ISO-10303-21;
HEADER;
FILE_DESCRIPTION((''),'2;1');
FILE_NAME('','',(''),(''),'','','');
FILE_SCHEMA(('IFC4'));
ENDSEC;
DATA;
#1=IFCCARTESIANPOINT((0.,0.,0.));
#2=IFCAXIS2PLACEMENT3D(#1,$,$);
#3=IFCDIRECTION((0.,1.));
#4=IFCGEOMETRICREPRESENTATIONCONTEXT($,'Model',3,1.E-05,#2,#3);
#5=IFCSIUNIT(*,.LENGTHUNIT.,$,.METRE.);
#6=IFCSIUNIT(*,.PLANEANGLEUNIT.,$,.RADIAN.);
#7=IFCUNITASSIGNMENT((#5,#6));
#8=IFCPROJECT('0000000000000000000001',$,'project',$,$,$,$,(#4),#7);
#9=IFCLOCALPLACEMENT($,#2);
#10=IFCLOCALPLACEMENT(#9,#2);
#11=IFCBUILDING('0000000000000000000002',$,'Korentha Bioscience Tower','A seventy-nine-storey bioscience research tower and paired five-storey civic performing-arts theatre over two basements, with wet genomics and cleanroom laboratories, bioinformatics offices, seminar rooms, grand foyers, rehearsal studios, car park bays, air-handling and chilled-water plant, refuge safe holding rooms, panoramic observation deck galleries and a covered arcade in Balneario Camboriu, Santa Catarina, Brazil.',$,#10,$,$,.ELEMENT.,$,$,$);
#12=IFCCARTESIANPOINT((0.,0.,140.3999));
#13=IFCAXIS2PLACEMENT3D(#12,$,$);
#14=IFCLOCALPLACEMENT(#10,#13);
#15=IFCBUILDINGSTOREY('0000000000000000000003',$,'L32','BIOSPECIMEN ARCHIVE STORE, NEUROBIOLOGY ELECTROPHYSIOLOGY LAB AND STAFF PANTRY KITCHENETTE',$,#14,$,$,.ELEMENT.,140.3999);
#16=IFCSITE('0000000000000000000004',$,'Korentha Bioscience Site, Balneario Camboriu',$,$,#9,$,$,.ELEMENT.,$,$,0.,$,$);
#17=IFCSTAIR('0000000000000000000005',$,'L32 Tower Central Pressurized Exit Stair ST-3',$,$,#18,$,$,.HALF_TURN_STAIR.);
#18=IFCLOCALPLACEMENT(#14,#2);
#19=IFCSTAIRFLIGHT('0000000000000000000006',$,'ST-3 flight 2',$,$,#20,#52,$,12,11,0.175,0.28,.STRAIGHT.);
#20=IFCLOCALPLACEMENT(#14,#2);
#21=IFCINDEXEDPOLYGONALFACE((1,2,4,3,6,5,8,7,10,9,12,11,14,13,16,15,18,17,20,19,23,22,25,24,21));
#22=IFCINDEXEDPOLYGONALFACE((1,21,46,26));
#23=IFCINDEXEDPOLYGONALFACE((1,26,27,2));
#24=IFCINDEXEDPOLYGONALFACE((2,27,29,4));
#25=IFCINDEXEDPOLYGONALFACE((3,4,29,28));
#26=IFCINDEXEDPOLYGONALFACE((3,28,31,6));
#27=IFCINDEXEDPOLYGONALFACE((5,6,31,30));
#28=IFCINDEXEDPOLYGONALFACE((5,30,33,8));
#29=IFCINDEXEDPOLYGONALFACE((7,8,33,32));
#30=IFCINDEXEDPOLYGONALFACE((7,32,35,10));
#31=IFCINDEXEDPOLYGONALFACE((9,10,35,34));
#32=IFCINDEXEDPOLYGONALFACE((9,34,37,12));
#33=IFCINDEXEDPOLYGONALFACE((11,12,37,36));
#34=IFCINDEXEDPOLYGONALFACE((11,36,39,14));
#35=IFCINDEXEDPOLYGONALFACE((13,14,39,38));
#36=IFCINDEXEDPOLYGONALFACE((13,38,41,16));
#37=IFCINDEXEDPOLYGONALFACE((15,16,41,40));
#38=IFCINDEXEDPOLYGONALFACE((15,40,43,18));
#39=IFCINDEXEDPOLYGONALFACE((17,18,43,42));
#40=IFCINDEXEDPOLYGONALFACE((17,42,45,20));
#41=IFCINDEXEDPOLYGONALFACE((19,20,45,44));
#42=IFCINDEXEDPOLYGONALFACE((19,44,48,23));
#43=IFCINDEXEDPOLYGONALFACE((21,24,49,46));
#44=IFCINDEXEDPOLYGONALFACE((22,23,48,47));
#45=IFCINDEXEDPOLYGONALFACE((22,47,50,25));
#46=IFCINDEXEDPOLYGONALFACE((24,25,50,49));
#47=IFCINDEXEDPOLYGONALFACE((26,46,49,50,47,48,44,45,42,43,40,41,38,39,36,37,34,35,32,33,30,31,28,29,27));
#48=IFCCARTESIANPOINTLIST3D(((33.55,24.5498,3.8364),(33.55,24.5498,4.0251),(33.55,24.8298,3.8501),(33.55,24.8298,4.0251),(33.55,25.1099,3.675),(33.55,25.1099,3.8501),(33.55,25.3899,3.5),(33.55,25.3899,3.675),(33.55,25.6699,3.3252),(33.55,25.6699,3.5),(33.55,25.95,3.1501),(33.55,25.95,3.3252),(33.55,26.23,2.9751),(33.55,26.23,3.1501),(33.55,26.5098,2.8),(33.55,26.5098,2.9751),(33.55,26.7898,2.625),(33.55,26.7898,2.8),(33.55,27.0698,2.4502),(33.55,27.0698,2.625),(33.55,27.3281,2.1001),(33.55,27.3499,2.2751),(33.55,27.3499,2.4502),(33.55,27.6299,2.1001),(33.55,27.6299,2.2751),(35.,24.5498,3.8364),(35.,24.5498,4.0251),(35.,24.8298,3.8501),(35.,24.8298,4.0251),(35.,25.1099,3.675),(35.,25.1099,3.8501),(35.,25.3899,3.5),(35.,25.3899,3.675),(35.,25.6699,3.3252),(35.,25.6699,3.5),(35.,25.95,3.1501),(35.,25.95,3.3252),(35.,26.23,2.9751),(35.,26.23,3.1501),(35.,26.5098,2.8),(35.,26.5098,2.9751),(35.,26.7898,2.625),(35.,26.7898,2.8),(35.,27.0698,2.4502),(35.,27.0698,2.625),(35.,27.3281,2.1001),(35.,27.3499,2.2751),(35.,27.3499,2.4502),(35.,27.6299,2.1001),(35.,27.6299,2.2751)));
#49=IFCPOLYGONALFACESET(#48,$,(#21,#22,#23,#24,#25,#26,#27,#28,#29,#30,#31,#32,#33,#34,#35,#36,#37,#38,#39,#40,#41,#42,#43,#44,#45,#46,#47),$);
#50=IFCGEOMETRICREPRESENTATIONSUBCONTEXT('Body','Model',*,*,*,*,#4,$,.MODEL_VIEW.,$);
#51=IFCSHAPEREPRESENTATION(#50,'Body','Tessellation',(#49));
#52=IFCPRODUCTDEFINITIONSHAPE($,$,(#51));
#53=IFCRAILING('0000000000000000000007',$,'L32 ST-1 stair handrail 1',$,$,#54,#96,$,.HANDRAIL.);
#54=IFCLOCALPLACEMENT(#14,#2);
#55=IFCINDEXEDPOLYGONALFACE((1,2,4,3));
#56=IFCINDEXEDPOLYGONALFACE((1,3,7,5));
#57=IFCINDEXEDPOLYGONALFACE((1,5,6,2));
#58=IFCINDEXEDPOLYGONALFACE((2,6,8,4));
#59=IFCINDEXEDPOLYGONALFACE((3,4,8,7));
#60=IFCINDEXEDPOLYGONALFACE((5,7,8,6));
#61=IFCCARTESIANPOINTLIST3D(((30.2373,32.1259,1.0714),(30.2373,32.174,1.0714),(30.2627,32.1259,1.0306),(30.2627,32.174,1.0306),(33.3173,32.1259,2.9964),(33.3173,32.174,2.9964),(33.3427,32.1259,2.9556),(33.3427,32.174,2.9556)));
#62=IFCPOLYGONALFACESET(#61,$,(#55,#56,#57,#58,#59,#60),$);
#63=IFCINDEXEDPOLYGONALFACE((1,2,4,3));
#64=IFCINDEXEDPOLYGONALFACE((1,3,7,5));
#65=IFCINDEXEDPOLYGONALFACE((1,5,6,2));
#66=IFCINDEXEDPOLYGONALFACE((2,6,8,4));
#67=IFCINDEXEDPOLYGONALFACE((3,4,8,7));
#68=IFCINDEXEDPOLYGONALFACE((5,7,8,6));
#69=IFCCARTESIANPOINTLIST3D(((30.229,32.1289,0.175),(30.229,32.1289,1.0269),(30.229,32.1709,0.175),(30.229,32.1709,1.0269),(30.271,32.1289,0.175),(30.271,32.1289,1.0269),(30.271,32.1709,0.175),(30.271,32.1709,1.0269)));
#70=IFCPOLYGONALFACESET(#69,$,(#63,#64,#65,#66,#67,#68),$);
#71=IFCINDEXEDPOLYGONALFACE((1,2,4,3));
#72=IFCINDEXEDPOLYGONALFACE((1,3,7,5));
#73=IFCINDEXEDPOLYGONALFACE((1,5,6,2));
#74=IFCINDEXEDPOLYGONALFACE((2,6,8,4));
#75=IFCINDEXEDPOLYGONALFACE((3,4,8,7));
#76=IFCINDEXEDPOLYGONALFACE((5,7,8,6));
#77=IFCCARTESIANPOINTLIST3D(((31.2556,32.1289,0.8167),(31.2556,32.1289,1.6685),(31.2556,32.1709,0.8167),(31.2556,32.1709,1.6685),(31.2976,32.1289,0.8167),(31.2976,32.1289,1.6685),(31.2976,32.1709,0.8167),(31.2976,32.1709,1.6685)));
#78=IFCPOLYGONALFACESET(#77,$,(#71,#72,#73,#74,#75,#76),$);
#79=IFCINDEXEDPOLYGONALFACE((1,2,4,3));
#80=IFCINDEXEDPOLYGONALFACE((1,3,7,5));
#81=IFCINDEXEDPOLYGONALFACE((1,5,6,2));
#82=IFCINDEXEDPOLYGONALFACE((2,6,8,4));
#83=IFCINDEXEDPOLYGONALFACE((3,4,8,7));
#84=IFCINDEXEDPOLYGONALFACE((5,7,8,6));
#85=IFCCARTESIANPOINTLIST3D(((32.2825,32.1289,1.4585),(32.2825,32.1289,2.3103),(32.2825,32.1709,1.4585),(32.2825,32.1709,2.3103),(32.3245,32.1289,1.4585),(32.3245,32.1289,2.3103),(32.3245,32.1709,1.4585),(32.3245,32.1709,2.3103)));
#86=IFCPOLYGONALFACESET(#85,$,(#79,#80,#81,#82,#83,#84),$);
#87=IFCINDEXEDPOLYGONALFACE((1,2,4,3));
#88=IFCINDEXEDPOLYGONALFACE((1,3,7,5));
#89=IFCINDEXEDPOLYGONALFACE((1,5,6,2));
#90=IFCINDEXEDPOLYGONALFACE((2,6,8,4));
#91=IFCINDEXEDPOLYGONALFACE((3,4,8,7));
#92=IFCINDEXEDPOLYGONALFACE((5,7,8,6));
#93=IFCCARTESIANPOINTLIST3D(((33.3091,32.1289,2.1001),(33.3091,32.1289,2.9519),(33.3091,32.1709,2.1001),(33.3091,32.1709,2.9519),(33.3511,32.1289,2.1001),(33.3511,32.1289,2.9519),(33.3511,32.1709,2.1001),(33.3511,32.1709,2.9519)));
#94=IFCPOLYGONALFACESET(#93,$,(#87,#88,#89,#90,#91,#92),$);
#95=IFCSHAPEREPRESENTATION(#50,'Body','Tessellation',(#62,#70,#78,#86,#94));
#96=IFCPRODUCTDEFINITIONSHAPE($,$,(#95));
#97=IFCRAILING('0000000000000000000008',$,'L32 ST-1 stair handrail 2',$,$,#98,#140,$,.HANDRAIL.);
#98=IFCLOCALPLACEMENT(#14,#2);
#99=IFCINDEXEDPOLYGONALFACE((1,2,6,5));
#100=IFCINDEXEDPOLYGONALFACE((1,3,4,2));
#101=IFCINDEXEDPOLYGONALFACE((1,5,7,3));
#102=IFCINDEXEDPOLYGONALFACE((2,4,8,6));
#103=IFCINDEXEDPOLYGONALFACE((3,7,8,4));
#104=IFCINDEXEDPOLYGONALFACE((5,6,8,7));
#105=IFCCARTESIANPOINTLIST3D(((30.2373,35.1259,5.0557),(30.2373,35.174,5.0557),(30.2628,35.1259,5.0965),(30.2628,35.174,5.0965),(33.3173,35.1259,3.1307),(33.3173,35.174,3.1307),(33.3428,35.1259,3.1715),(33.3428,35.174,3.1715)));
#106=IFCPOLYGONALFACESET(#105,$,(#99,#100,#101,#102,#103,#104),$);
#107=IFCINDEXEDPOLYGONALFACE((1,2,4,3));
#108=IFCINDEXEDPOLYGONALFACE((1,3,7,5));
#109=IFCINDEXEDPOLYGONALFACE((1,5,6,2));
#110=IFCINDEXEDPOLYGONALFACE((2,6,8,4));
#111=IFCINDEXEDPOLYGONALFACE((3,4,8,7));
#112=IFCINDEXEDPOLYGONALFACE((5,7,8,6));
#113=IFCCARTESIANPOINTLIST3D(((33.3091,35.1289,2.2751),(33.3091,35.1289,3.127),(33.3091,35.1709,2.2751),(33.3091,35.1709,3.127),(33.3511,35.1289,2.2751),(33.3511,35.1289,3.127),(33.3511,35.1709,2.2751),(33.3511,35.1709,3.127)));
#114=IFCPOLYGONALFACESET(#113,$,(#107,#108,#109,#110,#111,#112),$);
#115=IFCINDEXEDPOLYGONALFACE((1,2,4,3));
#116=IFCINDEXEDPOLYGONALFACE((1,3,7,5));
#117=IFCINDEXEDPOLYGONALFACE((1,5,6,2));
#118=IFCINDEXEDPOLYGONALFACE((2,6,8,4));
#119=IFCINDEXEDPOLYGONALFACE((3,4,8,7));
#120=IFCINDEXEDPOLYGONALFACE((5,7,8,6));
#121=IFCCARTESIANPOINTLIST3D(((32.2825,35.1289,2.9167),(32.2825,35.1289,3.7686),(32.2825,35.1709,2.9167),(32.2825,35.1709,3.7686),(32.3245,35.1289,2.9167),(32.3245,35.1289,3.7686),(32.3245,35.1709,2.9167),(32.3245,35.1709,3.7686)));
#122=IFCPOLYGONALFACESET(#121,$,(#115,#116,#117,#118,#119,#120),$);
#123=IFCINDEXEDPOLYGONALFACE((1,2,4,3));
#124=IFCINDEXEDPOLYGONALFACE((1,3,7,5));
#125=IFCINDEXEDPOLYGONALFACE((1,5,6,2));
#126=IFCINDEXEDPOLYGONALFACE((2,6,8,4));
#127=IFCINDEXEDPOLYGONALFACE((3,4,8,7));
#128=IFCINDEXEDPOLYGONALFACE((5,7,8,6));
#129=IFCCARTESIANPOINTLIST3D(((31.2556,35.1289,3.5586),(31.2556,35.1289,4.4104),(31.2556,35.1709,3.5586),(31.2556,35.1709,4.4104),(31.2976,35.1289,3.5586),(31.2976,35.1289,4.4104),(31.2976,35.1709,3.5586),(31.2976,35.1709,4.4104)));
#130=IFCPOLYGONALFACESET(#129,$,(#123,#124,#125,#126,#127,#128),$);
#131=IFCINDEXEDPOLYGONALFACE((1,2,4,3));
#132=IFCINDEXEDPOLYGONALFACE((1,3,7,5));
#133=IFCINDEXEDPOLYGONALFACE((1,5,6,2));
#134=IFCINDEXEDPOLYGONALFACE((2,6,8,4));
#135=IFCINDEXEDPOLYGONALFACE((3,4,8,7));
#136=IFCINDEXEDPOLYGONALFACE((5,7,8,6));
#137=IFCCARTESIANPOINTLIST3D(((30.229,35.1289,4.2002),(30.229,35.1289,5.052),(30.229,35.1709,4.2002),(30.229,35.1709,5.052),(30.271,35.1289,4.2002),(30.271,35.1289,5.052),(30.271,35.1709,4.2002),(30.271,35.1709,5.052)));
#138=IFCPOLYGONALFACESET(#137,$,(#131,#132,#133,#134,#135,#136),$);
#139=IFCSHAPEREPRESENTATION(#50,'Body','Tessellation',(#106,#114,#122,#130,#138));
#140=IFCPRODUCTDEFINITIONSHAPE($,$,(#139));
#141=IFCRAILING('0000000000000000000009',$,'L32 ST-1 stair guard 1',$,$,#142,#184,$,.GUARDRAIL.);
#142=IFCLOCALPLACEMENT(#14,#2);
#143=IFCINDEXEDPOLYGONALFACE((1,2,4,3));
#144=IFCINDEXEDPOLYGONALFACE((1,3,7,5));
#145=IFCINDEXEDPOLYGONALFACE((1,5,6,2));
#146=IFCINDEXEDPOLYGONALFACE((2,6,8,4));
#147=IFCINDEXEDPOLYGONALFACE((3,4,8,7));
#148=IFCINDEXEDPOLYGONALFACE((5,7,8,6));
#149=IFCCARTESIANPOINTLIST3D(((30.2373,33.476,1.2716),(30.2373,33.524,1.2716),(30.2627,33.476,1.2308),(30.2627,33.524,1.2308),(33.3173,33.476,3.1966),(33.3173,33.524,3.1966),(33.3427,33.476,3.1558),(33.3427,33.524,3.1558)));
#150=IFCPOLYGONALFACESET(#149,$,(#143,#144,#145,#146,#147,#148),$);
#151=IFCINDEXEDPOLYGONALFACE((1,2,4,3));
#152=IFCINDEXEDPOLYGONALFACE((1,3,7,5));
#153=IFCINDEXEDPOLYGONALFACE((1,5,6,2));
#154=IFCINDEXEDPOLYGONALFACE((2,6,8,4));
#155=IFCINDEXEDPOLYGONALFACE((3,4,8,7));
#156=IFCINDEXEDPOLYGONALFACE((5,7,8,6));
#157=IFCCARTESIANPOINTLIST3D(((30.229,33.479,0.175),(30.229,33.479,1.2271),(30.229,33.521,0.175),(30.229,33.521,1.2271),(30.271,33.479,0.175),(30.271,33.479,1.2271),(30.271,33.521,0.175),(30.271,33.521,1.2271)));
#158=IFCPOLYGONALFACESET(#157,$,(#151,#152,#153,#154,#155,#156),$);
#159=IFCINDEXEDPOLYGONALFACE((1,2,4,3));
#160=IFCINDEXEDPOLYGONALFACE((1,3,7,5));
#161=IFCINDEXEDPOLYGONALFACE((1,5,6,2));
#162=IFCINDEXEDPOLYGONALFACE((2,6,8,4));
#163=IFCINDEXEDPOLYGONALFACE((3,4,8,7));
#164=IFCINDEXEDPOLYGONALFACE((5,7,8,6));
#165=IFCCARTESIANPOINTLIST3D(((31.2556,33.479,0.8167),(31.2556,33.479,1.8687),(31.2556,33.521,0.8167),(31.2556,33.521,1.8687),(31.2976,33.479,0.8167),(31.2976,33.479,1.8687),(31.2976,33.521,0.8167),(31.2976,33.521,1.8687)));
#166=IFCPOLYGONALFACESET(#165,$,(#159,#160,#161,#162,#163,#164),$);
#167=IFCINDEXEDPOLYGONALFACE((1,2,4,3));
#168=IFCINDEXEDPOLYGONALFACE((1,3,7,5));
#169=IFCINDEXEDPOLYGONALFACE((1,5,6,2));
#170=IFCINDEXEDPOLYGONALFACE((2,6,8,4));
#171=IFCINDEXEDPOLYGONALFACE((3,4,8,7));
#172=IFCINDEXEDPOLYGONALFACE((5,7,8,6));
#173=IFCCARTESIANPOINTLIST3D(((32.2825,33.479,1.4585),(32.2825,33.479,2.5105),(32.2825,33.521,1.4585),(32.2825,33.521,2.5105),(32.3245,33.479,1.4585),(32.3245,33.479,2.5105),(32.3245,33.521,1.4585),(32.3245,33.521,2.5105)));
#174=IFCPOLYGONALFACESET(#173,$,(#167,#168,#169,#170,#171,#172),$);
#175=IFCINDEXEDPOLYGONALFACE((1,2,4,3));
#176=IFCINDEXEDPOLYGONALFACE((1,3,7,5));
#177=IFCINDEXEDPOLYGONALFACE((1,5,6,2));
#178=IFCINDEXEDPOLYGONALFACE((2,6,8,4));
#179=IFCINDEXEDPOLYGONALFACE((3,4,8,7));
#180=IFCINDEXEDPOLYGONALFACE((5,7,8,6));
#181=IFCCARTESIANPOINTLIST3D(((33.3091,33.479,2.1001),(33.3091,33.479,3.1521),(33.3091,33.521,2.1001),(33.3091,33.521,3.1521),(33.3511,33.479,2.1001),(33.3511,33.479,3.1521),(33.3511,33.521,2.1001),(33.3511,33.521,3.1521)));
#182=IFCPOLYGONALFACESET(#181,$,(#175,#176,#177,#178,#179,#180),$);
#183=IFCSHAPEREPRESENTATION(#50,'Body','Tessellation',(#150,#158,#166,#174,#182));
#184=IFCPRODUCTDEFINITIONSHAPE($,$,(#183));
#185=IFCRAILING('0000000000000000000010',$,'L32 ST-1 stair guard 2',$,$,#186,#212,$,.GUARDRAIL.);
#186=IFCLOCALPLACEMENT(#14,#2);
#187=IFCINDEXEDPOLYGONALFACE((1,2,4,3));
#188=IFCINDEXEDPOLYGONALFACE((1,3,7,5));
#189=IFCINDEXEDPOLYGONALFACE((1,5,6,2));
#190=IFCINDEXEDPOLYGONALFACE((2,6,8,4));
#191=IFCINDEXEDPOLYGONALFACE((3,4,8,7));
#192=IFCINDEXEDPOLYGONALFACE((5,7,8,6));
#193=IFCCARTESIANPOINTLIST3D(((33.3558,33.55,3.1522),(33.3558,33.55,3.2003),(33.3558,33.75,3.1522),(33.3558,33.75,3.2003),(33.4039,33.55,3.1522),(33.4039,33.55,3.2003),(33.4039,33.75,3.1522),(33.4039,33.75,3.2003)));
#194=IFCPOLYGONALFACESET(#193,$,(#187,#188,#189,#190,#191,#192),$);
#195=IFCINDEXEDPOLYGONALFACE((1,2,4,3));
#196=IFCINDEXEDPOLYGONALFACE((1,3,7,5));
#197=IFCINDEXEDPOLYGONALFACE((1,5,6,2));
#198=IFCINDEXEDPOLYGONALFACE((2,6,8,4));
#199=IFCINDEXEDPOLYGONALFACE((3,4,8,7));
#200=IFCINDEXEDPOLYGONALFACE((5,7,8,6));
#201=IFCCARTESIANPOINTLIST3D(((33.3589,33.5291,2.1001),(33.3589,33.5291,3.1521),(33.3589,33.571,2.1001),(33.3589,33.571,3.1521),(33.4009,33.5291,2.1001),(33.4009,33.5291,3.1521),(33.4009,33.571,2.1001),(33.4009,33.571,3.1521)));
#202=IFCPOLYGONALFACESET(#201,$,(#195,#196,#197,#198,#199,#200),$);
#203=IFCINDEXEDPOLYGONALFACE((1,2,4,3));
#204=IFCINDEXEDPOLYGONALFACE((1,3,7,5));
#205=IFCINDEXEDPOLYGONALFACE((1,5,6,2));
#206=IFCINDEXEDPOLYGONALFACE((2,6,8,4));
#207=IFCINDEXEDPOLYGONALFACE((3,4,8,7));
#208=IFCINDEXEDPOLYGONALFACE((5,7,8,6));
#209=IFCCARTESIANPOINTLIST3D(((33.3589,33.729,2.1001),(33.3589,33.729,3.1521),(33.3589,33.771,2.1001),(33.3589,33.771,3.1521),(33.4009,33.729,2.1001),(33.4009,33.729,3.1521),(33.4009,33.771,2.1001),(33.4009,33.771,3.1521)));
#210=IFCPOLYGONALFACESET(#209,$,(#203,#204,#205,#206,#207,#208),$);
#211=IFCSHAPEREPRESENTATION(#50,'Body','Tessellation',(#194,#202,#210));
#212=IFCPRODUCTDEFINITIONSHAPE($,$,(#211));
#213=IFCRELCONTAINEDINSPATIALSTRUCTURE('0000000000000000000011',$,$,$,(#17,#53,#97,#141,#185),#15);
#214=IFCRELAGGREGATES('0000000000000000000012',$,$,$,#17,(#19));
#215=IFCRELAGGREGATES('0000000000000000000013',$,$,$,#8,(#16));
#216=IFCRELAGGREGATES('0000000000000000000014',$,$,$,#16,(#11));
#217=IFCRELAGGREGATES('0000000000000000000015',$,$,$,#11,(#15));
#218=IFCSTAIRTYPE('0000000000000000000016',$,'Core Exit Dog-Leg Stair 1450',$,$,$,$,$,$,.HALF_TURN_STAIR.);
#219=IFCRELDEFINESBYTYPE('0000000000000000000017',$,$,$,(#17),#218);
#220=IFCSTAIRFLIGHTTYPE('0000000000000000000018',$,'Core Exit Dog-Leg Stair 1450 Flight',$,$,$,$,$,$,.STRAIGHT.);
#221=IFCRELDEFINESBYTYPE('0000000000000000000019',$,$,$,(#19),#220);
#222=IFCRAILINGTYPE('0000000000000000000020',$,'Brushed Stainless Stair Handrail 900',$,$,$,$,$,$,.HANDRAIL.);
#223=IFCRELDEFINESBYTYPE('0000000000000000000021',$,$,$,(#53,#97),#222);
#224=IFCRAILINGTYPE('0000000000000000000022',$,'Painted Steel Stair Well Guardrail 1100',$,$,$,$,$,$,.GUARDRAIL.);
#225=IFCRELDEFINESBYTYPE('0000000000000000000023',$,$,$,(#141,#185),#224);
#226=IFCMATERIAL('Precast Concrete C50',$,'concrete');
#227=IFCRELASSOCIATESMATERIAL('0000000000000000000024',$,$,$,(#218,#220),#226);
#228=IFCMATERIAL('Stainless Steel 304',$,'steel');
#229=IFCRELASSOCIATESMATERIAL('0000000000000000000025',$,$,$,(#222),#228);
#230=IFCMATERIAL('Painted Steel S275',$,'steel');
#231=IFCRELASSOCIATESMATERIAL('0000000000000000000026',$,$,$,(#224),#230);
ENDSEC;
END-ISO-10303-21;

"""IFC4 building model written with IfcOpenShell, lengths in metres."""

from ifc_helpers import new_model, si_unit, direction, frame, origin, origin_2d, place, context, subcontext, project, spatial, polyline, rectangle, outline, extrude, material, type_object, element, aggregate, save


model = new_model("IFC4")

# Units and contexts
model_context = context("Model", 3, precision=1e-05, world=origin(), true_north=direction((0.0, 1.0)))
body_context = subcontext(model_context, "Body", "Model", "MODEL_VIEW")
ifc_project = project(units=[si_unit("LENGTHUNIT", "METRE"), si_unit("PLANEANGLEUNIT", "RADIAN")], contexts=[model_context])

# Site, building, storey
site_placement = place(None, origin())
site = spatial("IfcSite", under=ifc_project, at=site_placement, Name="Korentha Bioscience Site, Balneario Camboriu", CompositionType="ELEMENT", RefElevation=0.0)
building_placement = place(site_placement, origin())
building = spatial("IfcBuilding", under=site, at=building_placement, Name="Korentha Bioscience Tower", Description="A seventy-nine-storey bioscience research tower and paired five-storey civic performing-arts theatre over two basements, with wet genomics and cleanroom laboratories, bioinformatics offices, seminar rooms, grand foyers, rehearsal studios, car park bays, air-handling and chilled-water plant, refuge safe holding rooms, panoramic observation deck galleries and a covered arcade in Balneario Camboriu, Santa Catarina, Brazil.", CompositionType="ELEMENT")
storey_placement = place(building_placement, frame((0.0, 0.0, 140.3999)))
storey = spatial("IfcBuildingStorey", under=building, at=storey_placement, Name="L32", Description="BIOSPECIMEN ARCHIVE STORE, NEUROBIOLOGY ELECTROPHYSIOLOGY LAB AND STAFF PANTRY KITCHENETTE", CompositionType="ELEMENT", Elevation=140.3999)

# Shared definitions
ifc_material_1 = material(Name="Precast Concrete C50", Category="concrete")
stair_type = type_object("IfcStairType", Name="Core Exit Dog-Leg Stair 1450", PredefinedType="HALF_TURN_STAIR", material=ifc_material_1)
stair_flight_type = type_object("IfcStairFlightType", Name="Core Exit Dog-Leg Stair 1450 Flight", PredefinedType="STRAIGHT", material=ifc_material_1)

# Stair, stair flight
stair_1_placement = place(storey_placement, origin())
stair_1 = element("IfcStair", 1, at=stair_1_placement, inside=storey, type_object=stair_type, Name="L32 Tower Central Pressurized Exit Stair ST-3", PredefinedType="HALF_TURN_STAIR")
stair_flight_1_placement = place(storey_placement, frame((34.2749, 27.6299, 2.1001), z_axis=(0.0, 0.0, 1.0), x_axis=(0.0, -1.0, 0.0)))
stair_flight_1 = element("IfcStairFlight", 2, at=stair_flight_1_placement, type_object=stair_flight_type, Name="ST-3 flight 2", NumberOfRisers=12, NumberOfTreads=11, PredefinedType="STRAIGHT", RiserHeight=0.175, TreadLength=0.28, context=body_context, shape_type="SweptSolid", body=[
    extrude(outline(polyline([(0.0, 0.0), (0.0, 0.175), (0.28, 0.175), (0.28, 0.3501), (0.5601, 0.3501), (0.5601, 0.5249), (0.8401, 0.5249), (0.8401, 0.7), (1.1201, 0.7), (1.1201, 0.875), (1.3999, 0.875), (1.3999, 1.05), (1.6799, 1.05), (1.6799, 1.2251), (1.96, 1.2251), (1.96, 1.3999), (2.24, 1.3999), (2.24, 1.575), (2.52, 1.575), (2.52, 1.75), (2.8, 1.75), (2.8, 1.925), (3.0801, 1.925), (3.0801, 2.1001), (3.0801, 1.7363), (0.3018, 0.0), (0.0, 0.0)])), frame((0.0, 0.7251, 0.0), z_axis=(0.0, -1.0, 0.0), x_axis=(1.0, 0.0, 0.0)), (0.0, 0.0, 1.0), 1.45),
])
aggregate(stair_1, [stair_flight_1])

# Railings
ifc_material_2 = material(Name="Stainless Steel 304", Category="steel")
railing_type_1 = type_object("IfcRailingType", Name="Brushed Stainless Stair Handrail 900", PredefinedType="HANDRAIL", material=ifc_material_2)
railing_1_placement = place(storey_placement, frame((30.25, 32.1499, 0.175)))
element("IfcRailing", 3, at=railing_1_placement, inside=storey, type_object=railing_type_1, Name="L32 ST-1 stair handrail 1", PredefinedType="HANDRAIL", context=body_context, shape_type="SweptSolid", body=[
    extrude(rectangle(XDim=0.0481, YDim=0.0481, at=origin_2d()), frame((0.0, 0.0, 0.876), z_axis=(0.847998, 0.0, 0.529999), x_axis=(0.0, 1.0, 0.0)), (0.0, 0.0, 1.0), 3.6321),
    extrude(rectangle(XDim=0.042, YDim=0.042, at=origin_2d()), origin(), (0.0, 0.0, 1.0), 0.8518),
    extrude(rectangle(XDim=0.042, YDim=0.042, at=origin_2d()), frame((1.0266, 0.0, 0.6416)), (0.0, 0.0, 1.0), 0.8518),
    extrude(rectangle(XDim=0.042, YDim=0.042, at=origin_2d()), frame((2.0535, 0.0, 1.2834)), (0.0, 0.0, 1.0), 0.8518),
    extrude(rectangle(XDim=0.042, YDim=0.042, at=origin_2d()), frame((3.0801, 0.0, 1.925)), (0.0, 0.0, 1.0), 0.8518),
])
railing_2_placement = place(storey_placement, frame((33.3301, 35.1499, 2.2751)))
element("IfcRailing", 4, at=railing_2_placement, inside=storey, type_object=railing_type_1, Name="L32 ST-1 stair handrail 2", PredefinedType="HANDRAIL", context=body_context, shape_type="SweptSolid", body=[
    extrude(rectangle(XDim=0.0481, YDim=0.0481, at=origin_2d()), frame((0.0, 0.0, 0.876), z_axis=(-0.847998, 0.0, 0.529999), x_axis=(0.0, -1.0, 0.0)), (0.0, 0.0, 1.0), 3.6321),
    extrude(rectangle(XDim=0.042, YDim=0.042, at=origin_2d()), origin(), (0.0, 0.0, 1.0), 0.8518),
    extrude(rectangle(XDim=0.042, YDim=0.042, at=origin_2d()), frame((-1.0266, 0.0, 0.6416)), (0.0, 0.0, 1.0), 0.8518),
    extrude(rectangle(XDim=0.042, YDim=0.042, at=origin_2d()), frame((-2.0535, 0.0, 1.2834)), (0.0, 0.0, 1.0), 0.8518),
    extrude(rectangle(XDim=0.042, YDim=0.042, at=origin_2d()), frame((-3.0801, 0.0, 1.925)), (0.0, 0.0, 1.0), 0.8518),
])
ifc_material_3 = material(Name="Painted Steel S275", Category="steel")
railing_type_2 = type_object("IfcRailingType", Name="Painted Steel Stair Well Guardrail 1100", PredefinedType="GUARDRAIL", material=ifc_material_3)
railing_3_placement = place(storey_placement, frame((30.25, 33.5, 0.175)))
element("IfcRailing", 5, at=railing_3_placement, inside=storey, type_object=railing_type_2, Name="L32 ST-1 stair guard 1", PredefinedType="GUARDRAIL", context=body_context, shape_type="SweptSolid", body=[
    extrude(rectangle(XDim=0.0481, YDim=0.0481, at=origin_2d()), frame((0.0, 0.0, 1.0762), z_axis=(0.847998, 0.0, 0.529999), x_axis=(0.0, 1.0, 0.0)), (0.0, 0.0, 1.0), 3.6321),
    extrude(rectangle(XDim=0.042, YDim=0.042, at=origin_2d()), origin(), (0.0, 0.0, 1.0), 1.052),
    extrude(rectangle(XDim=0.042, YDim=0.042, at=origin_2d()), frame((1.0266, 0.0, 0.6416)), (0.0, 0.0, 1.0), 1.052),
    extrude(rectangle(XDim=0.042, YDim=0.042, at=origin_2d()), frame((2.0535, 0.0, 1.2834)), (0.0, 0.0, 1.0), 1.052),
    extrude(rectangle(XDim=0.042, YDim=0.042, at=origin_2d()), frame((3.0801, 0.0, 1.925)), (0.0, 0.0, 1.0), 1.052),
])
railing_4_placement = place(storey_placement, frame((33.3799, 33.55, 2.1001)))
element("IfcRailing", 6, at=railing_4_placement, inside=storey, type_object=railing_type_2, Name="L32 ST-1 stair guard 2", PredefinedType="GUARDRAIL", context=body_context, shape_type="SweptSolid", body=[
    extrude(rectangle(XDim=0.0481, YDim=0.0481, at=origin_2d()), frame((0.0, 0.0, 1.0762), z_axis=(0.0, 1.0, 0.0), x_axis=(-1.0, 0.0, 0.0)), (0.0, 0.0, 1.0), 0.2),
    extrude(rectangle(XDim=0.042, YDim=0.042, at=origin_2d()), origin(), (0.0, 0.0, 1.0), 1.052),
    extrude(rectangle(XDim=0.042, YDim=0.042, at=origin_2d()), frame((0.0, 0.2, 0.0)), (0.0, 0.0, 1.0), 1.052),
])

save(model, "model.ifc")
